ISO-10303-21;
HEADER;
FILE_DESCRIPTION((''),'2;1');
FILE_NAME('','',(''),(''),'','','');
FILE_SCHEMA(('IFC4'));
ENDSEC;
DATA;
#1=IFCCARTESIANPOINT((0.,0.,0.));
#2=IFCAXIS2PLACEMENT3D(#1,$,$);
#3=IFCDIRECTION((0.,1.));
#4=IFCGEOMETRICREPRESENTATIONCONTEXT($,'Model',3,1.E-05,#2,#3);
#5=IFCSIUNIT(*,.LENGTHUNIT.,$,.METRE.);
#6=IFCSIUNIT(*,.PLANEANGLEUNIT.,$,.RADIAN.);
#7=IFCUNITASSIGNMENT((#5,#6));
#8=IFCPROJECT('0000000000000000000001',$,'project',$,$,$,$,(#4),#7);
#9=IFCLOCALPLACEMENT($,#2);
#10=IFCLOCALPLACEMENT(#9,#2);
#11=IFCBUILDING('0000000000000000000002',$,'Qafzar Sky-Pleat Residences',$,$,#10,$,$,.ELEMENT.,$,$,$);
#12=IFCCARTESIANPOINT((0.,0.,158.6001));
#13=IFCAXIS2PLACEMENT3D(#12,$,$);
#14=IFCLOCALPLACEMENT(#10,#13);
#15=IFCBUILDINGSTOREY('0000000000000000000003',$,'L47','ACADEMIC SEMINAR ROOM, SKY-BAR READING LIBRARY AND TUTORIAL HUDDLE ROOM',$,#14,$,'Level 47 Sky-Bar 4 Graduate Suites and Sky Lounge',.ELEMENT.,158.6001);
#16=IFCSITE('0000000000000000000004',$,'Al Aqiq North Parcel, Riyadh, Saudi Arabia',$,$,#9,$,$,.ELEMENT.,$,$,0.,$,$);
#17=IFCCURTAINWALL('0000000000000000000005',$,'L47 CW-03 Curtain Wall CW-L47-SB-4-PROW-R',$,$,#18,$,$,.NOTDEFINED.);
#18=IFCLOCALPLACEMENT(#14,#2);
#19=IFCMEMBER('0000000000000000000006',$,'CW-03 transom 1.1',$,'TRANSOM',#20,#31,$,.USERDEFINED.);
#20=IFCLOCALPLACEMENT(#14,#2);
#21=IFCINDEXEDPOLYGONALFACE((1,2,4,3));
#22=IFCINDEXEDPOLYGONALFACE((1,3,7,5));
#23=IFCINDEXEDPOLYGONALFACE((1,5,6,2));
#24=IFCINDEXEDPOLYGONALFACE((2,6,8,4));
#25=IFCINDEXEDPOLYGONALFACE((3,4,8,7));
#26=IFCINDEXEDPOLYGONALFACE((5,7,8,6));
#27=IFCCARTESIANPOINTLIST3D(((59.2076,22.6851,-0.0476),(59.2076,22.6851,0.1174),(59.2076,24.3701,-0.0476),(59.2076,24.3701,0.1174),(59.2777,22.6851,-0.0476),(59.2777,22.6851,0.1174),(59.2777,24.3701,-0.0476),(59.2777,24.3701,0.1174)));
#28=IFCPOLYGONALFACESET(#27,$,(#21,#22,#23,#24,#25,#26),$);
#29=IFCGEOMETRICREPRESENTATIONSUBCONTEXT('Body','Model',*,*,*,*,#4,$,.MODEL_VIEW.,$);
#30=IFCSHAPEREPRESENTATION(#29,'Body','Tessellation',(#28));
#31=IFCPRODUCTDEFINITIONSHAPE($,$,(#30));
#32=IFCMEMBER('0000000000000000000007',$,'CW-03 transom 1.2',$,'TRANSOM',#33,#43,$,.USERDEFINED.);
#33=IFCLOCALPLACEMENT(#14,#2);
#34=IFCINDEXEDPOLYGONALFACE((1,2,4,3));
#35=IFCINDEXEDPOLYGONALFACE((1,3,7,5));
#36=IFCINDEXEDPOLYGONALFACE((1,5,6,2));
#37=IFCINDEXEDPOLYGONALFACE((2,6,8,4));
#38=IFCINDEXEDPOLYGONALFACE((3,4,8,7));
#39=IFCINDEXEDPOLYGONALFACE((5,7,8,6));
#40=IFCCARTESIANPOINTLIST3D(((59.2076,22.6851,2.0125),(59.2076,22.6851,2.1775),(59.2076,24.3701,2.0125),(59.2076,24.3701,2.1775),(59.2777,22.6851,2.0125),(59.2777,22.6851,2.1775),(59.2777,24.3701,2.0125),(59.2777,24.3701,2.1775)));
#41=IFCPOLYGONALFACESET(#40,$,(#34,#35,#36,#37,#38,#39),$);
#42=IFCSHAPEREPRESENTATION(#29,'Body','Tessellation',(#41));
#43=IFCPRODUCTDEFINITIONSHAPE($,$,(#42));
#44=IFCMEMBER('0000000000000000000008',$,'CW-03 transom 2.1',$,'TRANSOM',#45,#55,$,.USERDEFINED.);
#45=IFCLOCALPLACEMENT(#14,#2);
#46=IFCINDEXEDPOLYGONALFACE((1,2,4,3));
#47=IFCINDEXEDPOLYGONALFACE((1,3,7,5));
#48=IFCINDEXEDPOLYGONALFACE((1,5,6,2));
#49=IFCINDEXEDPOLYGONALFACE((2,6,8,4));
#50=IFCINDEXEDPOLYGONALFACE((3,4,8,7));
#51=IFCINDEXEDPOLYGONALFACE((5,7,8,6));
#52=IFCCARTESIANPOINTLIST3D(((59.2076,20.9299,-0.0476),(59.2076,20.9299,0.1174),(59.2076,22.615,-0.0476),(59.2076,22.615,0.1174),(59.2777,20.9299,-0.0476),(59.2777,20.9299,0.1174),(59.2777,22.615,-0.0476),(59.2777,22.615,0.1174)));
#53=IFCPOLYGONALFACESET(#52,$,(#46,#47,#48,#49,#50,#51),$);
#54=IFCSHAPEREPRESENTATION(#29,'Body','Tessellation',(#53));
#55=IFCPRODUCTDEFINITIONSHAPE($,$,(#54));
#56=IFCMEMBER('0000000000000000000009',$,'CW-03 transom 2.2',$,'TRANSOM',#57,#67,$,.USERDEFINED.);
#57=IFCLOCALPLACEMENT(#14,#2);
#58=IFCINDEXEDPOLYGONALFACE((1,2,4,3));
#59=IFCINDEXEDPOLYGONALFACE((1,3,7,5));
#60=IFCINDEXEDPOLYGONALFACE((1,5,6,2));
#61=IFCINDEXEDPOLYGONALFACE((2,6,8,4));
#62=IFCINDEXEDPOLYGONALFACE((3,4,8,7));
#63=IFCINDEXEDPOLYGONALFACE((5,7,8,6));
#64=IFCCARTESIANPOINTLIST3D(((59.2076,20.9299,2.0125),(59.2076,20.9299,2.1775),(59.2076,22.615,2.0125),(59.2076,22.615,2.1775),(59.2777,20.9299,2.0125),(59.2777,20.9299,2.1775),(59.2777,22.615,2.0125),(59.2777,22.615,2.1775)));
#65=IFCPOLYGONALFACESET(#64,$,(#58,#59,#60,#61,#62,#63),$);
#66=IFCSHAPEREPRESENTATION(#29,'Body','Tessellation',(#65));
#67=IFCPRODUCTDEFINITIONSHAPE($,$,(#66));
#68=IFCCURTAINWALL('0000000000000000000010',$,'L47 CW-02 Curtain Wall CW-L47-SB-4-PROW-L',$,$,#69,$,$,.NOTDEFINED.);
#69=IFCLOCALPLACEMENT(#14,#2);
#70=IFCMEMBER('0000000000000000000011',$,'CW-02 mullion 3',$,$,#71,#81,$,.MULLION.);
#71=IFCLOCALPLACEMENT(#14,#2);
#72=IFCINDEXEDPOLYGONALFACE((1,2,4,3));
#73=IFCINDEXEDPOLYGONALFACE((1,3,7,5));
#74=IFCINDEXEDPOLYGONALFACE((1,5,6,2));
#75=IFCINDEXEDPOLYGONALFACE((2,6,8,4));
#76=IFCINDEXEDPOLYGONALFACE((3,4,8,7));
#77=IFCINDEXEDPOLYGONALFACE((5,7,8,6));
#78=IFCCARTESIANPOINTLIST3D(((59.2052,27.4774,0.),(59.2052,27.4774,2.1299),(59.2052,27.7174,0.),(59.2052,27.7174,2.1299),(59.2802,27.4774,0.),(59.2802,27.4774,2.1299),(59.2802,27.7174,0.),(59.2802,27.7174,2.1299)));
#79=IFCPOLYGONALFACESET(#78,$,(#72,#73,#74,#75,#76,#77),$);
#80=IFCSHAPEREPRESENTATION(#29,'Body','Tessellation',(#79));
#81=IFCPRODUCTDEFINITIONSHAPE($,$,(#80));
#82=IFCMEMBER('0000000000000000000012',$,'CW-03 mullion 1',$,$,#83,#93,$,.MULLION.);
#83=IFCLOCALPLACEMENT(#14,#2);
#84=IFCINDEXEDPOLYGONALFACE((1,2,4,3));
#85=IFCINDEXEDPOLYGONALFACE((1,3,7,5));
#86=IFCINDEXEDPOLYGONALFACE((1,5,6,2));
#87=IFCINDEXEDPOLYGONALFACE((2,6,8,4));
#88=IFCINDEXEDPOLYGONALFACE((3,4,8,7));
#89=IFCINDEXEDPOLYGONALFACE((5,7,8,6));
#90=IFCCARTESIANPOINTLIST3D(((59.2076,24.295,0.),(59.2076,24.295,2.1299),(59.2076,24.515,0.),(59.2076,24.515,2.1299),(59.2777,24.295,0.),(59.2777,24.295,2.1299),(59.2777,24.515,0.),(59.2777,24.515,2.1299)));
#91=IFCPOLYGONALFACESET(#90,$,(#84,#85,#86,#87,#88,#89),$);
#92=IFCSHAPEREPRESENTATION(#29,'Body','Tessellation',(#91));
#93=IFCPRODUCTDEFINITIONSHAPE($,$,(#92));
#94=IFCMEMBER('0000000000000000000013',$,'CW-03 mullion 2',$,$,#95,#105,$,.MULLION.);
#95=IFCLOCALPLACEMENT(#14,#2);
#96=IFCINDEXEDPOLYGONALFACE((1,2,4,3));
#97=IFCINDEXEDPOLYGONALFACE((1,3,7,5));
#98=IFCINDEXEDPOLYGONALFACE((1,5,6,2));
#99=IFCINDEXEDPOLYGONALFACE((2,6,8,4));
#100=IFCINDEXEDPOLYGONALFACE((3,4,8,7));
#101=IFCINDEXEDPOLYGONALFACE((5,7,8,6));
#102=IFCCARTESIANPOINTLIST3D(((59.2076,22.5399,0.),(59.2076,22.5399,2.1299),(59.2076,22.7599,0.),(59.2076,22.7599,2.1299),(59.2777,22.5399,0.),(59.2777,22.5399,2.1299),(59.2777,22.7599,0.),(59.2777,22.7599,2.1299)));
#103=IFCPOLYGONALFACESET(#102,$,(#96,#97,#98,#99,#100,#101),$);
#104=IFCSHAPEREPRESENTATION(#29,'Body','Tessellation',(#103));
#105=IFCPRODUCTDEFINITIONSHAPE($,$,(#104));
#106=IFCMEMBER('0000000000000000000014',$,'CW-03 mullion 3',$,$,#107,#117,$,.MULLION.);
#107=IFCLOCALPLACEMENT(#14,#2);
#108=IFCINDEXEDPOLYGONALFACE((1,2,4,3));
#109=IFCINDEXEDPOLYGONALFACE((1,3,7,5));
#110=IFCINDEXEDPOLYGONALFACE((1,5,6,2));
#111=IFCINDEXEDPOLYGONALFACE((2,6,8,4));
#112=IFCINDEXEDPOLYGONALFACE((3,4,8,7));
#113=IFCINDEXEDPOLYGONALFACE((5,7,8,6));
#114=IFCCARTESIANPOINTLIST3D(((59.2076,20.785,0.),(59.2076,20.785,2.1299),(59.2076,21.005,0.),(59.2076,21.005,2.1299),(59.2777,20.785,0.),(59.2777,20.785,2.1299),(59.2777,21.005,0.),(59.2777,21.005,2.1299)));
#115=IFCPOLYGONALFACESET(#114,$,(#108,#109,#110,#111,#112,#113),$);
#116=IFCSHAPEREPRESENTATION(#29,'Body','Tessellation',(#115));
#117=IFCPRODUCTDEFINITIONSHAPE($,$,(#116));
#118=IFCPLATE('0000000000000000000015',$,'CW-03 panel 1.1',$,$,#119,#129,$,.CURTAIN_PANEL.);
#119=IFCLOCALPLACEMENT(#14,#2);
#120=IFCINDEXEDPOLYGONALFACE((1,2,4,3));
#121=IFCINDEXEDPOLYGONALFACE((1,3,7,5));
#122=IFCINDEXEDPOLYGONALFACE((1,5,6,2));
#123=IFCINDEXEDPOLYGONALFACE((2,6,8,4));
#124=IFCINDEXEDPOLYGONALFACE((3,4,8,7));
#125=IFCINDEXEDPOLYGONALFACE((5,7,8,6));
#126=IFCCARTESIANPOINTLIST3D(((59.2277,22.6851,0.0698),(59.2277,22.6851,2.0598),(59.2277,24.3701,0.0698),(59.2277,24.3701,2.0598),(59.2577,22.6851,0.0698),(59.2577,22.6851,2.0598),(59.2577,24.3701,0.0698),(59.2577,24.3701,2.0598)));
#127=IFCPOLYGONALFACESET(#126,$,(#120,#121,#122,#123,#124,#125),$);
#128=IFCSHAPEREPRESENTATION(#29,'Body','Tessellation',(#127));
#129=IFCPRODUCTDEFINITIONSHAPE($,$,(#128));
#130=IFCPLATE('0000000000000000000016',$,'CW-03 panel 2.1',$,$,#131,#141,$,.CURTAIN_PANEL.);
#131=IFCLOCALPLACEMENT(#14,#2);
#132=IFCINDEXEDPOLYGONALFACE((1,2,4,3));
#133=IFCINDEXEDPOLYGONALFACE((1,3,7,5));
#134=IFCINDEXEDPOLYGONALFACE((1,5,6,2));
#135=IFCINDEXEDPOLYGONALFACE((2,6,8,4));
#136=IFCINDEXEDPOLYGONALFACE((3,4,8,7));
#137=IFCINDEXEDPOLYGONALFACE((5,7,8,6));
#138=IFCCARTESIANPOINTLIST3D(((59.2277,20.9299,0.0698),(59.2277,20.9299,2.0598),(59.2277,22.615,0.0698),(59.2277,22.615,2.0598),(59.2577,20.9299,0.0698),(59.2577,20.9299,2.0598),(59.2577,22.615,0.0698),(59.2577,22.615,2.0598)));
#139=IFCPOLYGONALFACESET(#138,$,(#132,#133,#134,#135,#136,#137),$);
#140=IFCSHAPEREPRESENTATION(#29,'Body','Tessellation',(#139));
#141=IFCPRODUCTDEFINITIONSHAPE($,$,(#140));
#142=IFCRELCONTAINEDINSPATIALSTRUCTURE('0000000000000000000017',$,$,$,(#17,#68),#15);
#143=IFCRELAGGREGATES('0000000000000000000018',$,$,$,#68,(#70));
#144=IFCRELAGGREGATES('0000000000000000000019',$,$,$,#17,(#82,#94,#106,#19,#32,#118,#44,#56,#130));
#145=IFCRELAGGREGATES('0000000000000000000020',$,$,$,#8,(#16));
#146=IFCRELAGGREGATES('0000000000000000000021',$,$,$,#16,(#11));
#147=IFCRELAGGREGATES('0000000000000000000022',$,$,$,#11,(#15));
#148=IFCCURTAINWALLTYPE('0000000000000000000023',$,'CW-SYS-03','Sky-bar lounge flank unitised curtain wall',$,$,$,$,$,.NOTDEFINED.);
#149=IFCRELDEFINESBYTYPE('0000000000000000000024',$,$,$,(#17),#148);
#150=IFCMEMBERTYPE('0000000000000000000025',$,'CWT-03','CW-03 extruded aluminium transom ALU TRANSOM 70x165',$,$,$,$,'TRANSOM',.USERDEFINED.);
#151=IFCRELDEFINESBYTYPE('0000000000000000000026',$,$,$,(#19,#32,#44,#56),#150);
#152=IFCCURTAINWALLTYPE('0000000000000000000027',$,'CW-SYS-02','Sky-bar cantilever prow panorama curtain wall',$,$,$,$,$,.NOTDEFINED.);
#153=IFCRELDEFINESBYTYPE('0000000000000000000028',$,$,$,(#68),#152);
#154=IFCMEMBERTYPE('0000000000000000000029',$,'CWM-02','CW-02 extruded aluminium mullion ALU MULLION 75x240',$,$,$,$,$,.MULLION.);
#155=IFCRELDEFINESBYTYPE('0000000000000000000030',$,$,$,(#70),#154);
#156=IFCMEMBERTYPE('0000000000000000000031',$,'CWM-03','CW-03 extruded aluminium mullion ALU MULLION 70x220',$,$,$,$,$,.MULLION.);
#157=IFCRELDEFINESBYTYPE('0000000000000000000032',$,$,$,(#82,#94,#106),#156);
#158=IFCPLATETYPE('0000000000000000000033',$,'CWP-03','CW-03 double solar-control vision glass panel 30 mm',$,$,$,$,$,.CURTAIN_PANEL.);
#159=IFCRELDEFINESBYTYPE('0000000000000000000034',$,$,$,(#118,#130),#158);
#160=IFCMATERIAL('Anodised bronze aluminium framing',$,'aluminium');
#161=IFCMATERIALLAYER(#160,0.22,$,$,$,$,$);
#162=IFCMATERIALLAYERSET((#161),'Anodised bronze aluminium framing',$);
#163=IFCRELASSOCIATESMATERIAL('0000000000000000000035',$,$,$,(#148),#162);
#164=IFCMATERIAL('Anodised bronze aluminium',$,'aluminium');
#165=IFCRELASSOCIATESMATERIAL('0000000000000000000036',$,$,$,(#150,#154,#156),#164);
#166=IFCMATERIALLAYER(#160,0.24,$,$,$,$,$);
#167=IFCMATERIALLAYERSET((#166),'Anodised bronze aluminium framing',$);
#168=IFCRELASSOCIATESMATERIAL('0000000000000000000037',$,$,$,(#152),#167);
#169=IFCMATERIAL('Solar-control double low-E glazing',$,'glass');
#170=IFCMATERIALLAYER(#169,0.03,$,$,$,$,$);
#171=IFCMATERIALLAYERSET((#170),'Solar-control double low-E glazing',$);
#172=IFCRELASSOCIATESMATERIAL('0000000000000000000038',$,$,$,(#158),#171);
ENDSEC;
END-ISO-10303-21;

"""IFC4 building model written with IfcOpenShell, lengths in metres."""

from ifc_helpers import new_model, si_unit, direction, frame, origin, origin_2d, place, context, subcontext, project, spatial, rectangle, extrude, source, transform, mapped, material, layer, layer_set, material_profile, profile_set, type_object, element, aggregate, save


model = new_model("IFC4")

# Units and contexts
model_context = context("Model", 3, precision=1e-05, world=origin(), true_north=direction((0.0, 1.0)))
body_context = subcontext(model_context, "Body", "Model", "MODEL_VIEW")
ifc_project = project(units=[si_unit("LENGTHUNIT", "METRE"), si_unit("PLANEANGLEUNIT", "RADIAN")], contexts=[model_context])

# Site, building, storey
site_placement = place(None, origin())
site = spatial("IfcSite", under=ifc_project, at=site_placement, Name="Al Aqiq North Parcel, Riyadh, Saudi Arabia", CompositionType="ELEMENT", RefElevation=0.0)
building_placement = place(site_placement, origin())
building = spatial("IfcBuilding", under=site, at=building_placement, Name="Qafzar Sky-Pleat Residences", CompositionType="ELEMENT")
storey_placement = place(building_placement, frame((0.0, 0.0, 158.6001)))
storey = spatial("IfcBuildingStorey", under=building, at=storey_placement, Name="L47", Description="ACADEMIC SEMINAR ROOM, SKY-BAR READING LIBRARY AND TUTORIAL HUDDLE ROOM", LongName="Level 47 Sky-Bar 4 Graduate Suites and Sky Lounge", CompositionType="ELEMENT", Elevation=158.6001)

# Curtain wall, members
ifc_material_1 = material(Name="Anodised bronze aluminium framing", Category="aluminium")
ifc_layer_1 = layer(ifc_material_1, 0.22)
ifc_layer_set_1 = layer_set([ifc_layer_1], Name="Anodised bronze aluminium framing")
curtain_wall_type_1 = type_object("IfcCurtainWallType", Name="CW-SYS-03", Description="Sky-bar lounge flank unitised curtain wall", PredefinedType="NOTDEFINED", material=ifc_layer_set_1)
curtain_wall_1_placement = place(storey_placement, origin())
curtain_wall_1 = element("IfcCurtainWall", 1, at=curtain_wall_1_placement, inside=storey, type_object=curtain_wall_type_1, Name="L47 CW-03 Curtain Wall CW-L47-SB-4-PROW-R", PredefinedType="NOTDEFINED")
ifc_material_2 = material(Name="Anodised bronze aluminium", Category="aluminium")
ifc_material_profile_1 = material_profile(ifc_material_2, rectangle(XDim=0.0701, YDim=0.165, at=origin_2d()), Name="ALU TRANSOM 70x165")
ifc_profile_set_1 = profile_set([ifc_material_profile_1], Name="Anodised bronze aluminium")
member_type_1 = type_object("IfcMemberType", Name="CWT-03", Description="CW-03 extruded aluminium transom ALU TRANSOM 70x165", ElementType="TRANSOM", PredefinedType="USERDEFINED", material=ifc_profile_set_1)
shared_shape_1 = source(origin(), body_context, "Body", "SweptSolid", [
    extrude(rectangle(XDim=0.0701, YDim=0.165, at=origin_2d()), origin(), (0.0, 0.0, 1.0), 1.6851),
])
member_1_placement = place(storey_placement, frame((59.2427, 24.3701, 0.0349), z_axis=(0.0, -1.0, 0.0), x_axis=(1.0, 0.0, 0.0)))
member_1 = element("IfcMember", 2, at=member_1_placement, type_object=member_type_1, Name="CW-03 transom 1.1", ObjectType="TRANSOM", PredefinedType="USERDEFINED", context=body_context, shape_type="MappedRepresentation", body=[
    mapped(shared_shape_1, transform((0.0, 0.0, 0.0), x_axis=(1.0, 0.0, 0.0), y_axis=(0.0, 1.0, 0.0), z_axis=(0.0, 0.0, 1.0), scale=1.0)),
])
member_2_placement = place(storey_placement, frame((59.2427, 24.3701, 2.095), z_axis=(0.0, -1.0, 0.0), x_axis=(1.0, 0.0, 0.0)))
member_2 = element("IfcMember", 3, at=member_2_placement, type_object=member_type_1, Name="CW-03 transom 1.2", ObjectType="TRANSOM", PredefinedType="USERDEFINED", context=body_context, shape_type="MappedRepresentation", body=[
    mapped(shared_shape_1, transform((0.0, 0.0, 0.0), x_axis=(1.0, 0.0, 0.0), y_axis=(0.0, 1.0, 0.0), z_axis=(0.0, 0.0, 1.0), scale=1.0)),
])
member_3_placement = place(storey_placement, frame((59.2427, 22.615, 0.0349), z_axis=(0.0, -1.0, 0.0), x_axis=(1.0, 0.0, 0.0)))
member_3 = element("IfcMember", 4, at=member_3_placement, type_object=member_type_1, Name="CW-03 transom 2.1", ObjectType="TRANSOM", PredefinedType="USERDEFINED", context=body_context, shape_type="MappedRepresentation", body=[
    mapped(shared_shape_1, transform((0.0, 0.0, 0.0), x_axis=(1.0, 0.0, 0.0), y_axis=(0.0, 1.0, 0.0), z_axis=(0.0, 0.0, 1.0), scale=1.0)),
])
member_4_placement = place(storey_placement, frame((59.2427, 22.615, 2.095), z_axis=(0.0, -1.0, 0.0), x_axis=(1.0, 0.0, 0.0)))
member_4 = element("IfcMember", 5, at=member_4_placement, type_object=member_type_1, Name="CW-03 transom 2.2", ObjectType="TRANSOM", PredefinedType="USERDEFINED", context=body_context, shape_type="MappedRepresentation", body=[
    mapped(shared_shape_1, transform((0.0, 0.0, 0.0), x_axis=(1.0, 0.0, 0.0), y_axis=(0.0, 1.0, 0.0), z_axis=(0.0, 0.0, 1.0), scale=1.0)),
])

# Curtain wall, member
ifc_layer_2 = layer(ifc_material_1, 0.24)
ifc_layer_set_2 = layer_set([ifc_layer_2], Name="Anodised bronze aluminium framing")
curtain_wall_type_2 = type_object("IfcCurtainWallType", Name="CW-SYS-02", Description="Sky-bar cantilever prow panorama curtain wall", PredefinedType="NOTDEFINED", material=ifc_layer_set_2)
curtain_wall_2_placement = place(storey_placement, origin())
curtain_wall_2 = element("IfcCurtainWall", 6, at=curtain_wall_2_placement, inside=storey, type_object=curtain_wall_type_2, Name="L47 CW-02 Curtain Wall CW-L47-SB-4-PROW-L", PredefinedType="NOTDEFINED")
ifc_material_profile_2 = material_profile(ifc_material_2, rectangle(XDim=0.075, YDim=0.24, at=origin_2d()), Name="ALU MULLION 75x240")
ifc_profile_set_2 = profile_set([ifc_material_profile_2], Name="Anodised bronze aluminium")
member_type_2 = type_object("IfcMemberType", Name="CWM-02", Description="CW-02 extruded aluminium mullion ALU MULLION 75x240", PredefinedType="MULLION", material=ifc_profile_set_2)
shared_shape_2 = source(origin(), body_context, "Body", "SweptSolid", [
    extrude(rectangle(XDim=0.075, YDim=0.24, at=origin_2d()), origin(), (0.0, 0.0, 1.0), 2.1299),
])
member_5_placement = place(storey_placement, frame((59.2427, 27.5974, 0.0), z_axis=(0.0, 0.0, 1.0), x_axis=(1.0, 0.0, 0.0)))
member_5 = element("IfcMember", 7, at=member_5_placement, type_object=member_type_2, Name="CW-02 mullion 3", PredefinedType="MULLION", context=body_context, shape_type="MappedRepresentation", body=[
    mapped(shared_shape_2, transform((0.0, 0.0, 0.0), x_axis=(1.0, 0.0, 0.0), y_axis=(0.0, 1.0, 0.0), z_axis=(0.0, 0.0, 1.0), scale=1.0)),
])
aggregate(curtain_wall_2, [member_5])

# Members
ifc_material_profile_3 = material_profile(ifc_material_2, rectangle(XDim=0.0701, YDim=0.22, at=origin_2d()), Name="ALU MULLION 70x220")
ifc_profile_set_3 = profile_set([ifc_material_profile_3], Name="Anodised bronze aluminium")
member_type_3 = type_object("IfcMemberType", Name="CWM-03", Description="CW-03 extruded aluminium mullion ALU MULLION 70x220", PredefinedType="MULLION", material=ifc_profile_set_3)
shared_shape_3 = source(origin(), body_context, "Body", "SweptSolid", [
    extrude(rectangle(XDim=0.0701, YDim=0.22, at=origin_2d()), origin(), (0.0, 0.0, 1.0), 2.1299),
])
member_6_placement = place(storey_placement, frame((59.2427, 24.405, 0.0), z_axis=(0.0, 0.0, 1.0), x_axis=(1.0, 0.0, 0.0)))
member_6 = element("IfcMember", 8, at=member_6_placement, type_object=member_type_3, Name="CW-03 mullion 1", PredefinedType="MULLION", context=body_context, shape_type="MappedRepresentation", body=[
    mapped(shared_shape_3, transform((0.0, 0.0, 0.0), x_axis=(1.0, 0.0, 0.0), y_axis=(0.0, 1.0, 0.0), z_axis=(0.0, 0.0, 1.0), scale=1.0)),
])
member_7_placement = place(storey_placement, frame((59.2427, 22.6499, 0.0), z_axis=(0.0, 0.0, 1.0), x_axis=(1.0, 0.0, 0.0)))
member_7 = element("IfcMember", 9, at=member_7_placement, type_object=member_type_3, Name="CW-03 mullion 2", PredefinedType="MULLION", context=body_context, shape_type="MappedRepresentation", body=[
    mapped(shared_shape_3, transform((0.0, 0.0, 0.0), x_axis=(1.0, 0.0, 0.0), y_axis=(0.0, 1.0, 0.0), z_axis=(0.0, 0.0, 1.0), scale=1.0)),
])
member_8_placement = place(storey_placement, frame((59.2427, 20.895, 0.0), z_axis=(0.0, 0.0, 1.0), x_axis=(1.0, 0.0, 0.0)))
member_8 = element("IfcMember", 10, at=member_8_placement, type_object=member_type_3, Name="CW-03 mullion 3", PredefinedType="MULLION", context=body_context, shape_type="MappedRepresentation", body=[
    mapped(shared_shape_3, transform((0.0, 0.0, 0.0), x_axis=(1.0, 0.0, 0.0), y_axis=(0.0, 1.0, 0.0), z_axis=(0.0, 0.0, 1.0), scale=1.0)),
])

# Plates
ifc_material_3 = material(Name="Solar-control double low-E glazing", Category="glass")
ifc_layer_3 = layer(ifc_material_3, 0.03)
ifc_layer_set_3 = layer_set([ifc_layer_3], Name="Solar-control double low-E glazing")
plate_type = type_object("IfcPlateType", Name="CWP-03", Description="CW-03 double solar-control vision glass panel 30 mm", PredefinedType="CURTAIN_PANEL", material=ifc_layer_set_3)
shared_shape_4 = source(origin(), body_context, "Body", "SweptSolid", [
    extrude(rectangle(XDim=1.6851, YDim=0.03, at=origin_2d()), origin(), (0.0, 0.0, 1.0), 1.99),
])
plate_1_placement = place(storey_placement, frame((59.2427, 23.5276, 0.0698), z_axis=(0.0, 0.0, 1.0), x_axis=(0.0, -1.0, 0.0)))
plate_1 = element("IfcPlate", 11, at=plate_1_placement, type_object=plate_type, Name="CW-03 panel 1.1", PredefinedType="CURTAIN_PANEL", context=body_context, shape_type="MappedRepresentation", body=[
    mapped(shared_shape_4, transform((0.0, 0.0, 0.0), x_axis=(1.0, 0.0, 0.0), y_axis=(0.0, 1.0, 0.0), z_axis=(0.0, 0.0, 1.0), scale=1.0)),
])
plate_2_placement = place(storey_placement, frame((59.2427, 21.7725, 0.0698), z_axis=(0.0, 0.0, 1.0), x_axis=(0.0, -1.0, 0.0)))
plate_2 = element("IfcPlate", 12, at=plate_2_placement, type_object=plate_type, Name="CW-03 panel 2.1", PredefinedType="CURTAIN_PANEL", context=body_context, shape_type="MappedRepresentation", body=[
    mapped(shared_shape_4, transform((0.0, 0.0, 0.0), x_axis=(1.0, 0.0, 0.0), y_axis=(0.0, 1.0, 0.0), z_axis=(0.0, 0.0, 1.0), scale=1.0)),
])
aggregate(curtain_wall_1, [member_6, member_7, member_8, member_1, member_2, plate_1, member_3, member_4, plate_2])

save(model, "model.ifc")
